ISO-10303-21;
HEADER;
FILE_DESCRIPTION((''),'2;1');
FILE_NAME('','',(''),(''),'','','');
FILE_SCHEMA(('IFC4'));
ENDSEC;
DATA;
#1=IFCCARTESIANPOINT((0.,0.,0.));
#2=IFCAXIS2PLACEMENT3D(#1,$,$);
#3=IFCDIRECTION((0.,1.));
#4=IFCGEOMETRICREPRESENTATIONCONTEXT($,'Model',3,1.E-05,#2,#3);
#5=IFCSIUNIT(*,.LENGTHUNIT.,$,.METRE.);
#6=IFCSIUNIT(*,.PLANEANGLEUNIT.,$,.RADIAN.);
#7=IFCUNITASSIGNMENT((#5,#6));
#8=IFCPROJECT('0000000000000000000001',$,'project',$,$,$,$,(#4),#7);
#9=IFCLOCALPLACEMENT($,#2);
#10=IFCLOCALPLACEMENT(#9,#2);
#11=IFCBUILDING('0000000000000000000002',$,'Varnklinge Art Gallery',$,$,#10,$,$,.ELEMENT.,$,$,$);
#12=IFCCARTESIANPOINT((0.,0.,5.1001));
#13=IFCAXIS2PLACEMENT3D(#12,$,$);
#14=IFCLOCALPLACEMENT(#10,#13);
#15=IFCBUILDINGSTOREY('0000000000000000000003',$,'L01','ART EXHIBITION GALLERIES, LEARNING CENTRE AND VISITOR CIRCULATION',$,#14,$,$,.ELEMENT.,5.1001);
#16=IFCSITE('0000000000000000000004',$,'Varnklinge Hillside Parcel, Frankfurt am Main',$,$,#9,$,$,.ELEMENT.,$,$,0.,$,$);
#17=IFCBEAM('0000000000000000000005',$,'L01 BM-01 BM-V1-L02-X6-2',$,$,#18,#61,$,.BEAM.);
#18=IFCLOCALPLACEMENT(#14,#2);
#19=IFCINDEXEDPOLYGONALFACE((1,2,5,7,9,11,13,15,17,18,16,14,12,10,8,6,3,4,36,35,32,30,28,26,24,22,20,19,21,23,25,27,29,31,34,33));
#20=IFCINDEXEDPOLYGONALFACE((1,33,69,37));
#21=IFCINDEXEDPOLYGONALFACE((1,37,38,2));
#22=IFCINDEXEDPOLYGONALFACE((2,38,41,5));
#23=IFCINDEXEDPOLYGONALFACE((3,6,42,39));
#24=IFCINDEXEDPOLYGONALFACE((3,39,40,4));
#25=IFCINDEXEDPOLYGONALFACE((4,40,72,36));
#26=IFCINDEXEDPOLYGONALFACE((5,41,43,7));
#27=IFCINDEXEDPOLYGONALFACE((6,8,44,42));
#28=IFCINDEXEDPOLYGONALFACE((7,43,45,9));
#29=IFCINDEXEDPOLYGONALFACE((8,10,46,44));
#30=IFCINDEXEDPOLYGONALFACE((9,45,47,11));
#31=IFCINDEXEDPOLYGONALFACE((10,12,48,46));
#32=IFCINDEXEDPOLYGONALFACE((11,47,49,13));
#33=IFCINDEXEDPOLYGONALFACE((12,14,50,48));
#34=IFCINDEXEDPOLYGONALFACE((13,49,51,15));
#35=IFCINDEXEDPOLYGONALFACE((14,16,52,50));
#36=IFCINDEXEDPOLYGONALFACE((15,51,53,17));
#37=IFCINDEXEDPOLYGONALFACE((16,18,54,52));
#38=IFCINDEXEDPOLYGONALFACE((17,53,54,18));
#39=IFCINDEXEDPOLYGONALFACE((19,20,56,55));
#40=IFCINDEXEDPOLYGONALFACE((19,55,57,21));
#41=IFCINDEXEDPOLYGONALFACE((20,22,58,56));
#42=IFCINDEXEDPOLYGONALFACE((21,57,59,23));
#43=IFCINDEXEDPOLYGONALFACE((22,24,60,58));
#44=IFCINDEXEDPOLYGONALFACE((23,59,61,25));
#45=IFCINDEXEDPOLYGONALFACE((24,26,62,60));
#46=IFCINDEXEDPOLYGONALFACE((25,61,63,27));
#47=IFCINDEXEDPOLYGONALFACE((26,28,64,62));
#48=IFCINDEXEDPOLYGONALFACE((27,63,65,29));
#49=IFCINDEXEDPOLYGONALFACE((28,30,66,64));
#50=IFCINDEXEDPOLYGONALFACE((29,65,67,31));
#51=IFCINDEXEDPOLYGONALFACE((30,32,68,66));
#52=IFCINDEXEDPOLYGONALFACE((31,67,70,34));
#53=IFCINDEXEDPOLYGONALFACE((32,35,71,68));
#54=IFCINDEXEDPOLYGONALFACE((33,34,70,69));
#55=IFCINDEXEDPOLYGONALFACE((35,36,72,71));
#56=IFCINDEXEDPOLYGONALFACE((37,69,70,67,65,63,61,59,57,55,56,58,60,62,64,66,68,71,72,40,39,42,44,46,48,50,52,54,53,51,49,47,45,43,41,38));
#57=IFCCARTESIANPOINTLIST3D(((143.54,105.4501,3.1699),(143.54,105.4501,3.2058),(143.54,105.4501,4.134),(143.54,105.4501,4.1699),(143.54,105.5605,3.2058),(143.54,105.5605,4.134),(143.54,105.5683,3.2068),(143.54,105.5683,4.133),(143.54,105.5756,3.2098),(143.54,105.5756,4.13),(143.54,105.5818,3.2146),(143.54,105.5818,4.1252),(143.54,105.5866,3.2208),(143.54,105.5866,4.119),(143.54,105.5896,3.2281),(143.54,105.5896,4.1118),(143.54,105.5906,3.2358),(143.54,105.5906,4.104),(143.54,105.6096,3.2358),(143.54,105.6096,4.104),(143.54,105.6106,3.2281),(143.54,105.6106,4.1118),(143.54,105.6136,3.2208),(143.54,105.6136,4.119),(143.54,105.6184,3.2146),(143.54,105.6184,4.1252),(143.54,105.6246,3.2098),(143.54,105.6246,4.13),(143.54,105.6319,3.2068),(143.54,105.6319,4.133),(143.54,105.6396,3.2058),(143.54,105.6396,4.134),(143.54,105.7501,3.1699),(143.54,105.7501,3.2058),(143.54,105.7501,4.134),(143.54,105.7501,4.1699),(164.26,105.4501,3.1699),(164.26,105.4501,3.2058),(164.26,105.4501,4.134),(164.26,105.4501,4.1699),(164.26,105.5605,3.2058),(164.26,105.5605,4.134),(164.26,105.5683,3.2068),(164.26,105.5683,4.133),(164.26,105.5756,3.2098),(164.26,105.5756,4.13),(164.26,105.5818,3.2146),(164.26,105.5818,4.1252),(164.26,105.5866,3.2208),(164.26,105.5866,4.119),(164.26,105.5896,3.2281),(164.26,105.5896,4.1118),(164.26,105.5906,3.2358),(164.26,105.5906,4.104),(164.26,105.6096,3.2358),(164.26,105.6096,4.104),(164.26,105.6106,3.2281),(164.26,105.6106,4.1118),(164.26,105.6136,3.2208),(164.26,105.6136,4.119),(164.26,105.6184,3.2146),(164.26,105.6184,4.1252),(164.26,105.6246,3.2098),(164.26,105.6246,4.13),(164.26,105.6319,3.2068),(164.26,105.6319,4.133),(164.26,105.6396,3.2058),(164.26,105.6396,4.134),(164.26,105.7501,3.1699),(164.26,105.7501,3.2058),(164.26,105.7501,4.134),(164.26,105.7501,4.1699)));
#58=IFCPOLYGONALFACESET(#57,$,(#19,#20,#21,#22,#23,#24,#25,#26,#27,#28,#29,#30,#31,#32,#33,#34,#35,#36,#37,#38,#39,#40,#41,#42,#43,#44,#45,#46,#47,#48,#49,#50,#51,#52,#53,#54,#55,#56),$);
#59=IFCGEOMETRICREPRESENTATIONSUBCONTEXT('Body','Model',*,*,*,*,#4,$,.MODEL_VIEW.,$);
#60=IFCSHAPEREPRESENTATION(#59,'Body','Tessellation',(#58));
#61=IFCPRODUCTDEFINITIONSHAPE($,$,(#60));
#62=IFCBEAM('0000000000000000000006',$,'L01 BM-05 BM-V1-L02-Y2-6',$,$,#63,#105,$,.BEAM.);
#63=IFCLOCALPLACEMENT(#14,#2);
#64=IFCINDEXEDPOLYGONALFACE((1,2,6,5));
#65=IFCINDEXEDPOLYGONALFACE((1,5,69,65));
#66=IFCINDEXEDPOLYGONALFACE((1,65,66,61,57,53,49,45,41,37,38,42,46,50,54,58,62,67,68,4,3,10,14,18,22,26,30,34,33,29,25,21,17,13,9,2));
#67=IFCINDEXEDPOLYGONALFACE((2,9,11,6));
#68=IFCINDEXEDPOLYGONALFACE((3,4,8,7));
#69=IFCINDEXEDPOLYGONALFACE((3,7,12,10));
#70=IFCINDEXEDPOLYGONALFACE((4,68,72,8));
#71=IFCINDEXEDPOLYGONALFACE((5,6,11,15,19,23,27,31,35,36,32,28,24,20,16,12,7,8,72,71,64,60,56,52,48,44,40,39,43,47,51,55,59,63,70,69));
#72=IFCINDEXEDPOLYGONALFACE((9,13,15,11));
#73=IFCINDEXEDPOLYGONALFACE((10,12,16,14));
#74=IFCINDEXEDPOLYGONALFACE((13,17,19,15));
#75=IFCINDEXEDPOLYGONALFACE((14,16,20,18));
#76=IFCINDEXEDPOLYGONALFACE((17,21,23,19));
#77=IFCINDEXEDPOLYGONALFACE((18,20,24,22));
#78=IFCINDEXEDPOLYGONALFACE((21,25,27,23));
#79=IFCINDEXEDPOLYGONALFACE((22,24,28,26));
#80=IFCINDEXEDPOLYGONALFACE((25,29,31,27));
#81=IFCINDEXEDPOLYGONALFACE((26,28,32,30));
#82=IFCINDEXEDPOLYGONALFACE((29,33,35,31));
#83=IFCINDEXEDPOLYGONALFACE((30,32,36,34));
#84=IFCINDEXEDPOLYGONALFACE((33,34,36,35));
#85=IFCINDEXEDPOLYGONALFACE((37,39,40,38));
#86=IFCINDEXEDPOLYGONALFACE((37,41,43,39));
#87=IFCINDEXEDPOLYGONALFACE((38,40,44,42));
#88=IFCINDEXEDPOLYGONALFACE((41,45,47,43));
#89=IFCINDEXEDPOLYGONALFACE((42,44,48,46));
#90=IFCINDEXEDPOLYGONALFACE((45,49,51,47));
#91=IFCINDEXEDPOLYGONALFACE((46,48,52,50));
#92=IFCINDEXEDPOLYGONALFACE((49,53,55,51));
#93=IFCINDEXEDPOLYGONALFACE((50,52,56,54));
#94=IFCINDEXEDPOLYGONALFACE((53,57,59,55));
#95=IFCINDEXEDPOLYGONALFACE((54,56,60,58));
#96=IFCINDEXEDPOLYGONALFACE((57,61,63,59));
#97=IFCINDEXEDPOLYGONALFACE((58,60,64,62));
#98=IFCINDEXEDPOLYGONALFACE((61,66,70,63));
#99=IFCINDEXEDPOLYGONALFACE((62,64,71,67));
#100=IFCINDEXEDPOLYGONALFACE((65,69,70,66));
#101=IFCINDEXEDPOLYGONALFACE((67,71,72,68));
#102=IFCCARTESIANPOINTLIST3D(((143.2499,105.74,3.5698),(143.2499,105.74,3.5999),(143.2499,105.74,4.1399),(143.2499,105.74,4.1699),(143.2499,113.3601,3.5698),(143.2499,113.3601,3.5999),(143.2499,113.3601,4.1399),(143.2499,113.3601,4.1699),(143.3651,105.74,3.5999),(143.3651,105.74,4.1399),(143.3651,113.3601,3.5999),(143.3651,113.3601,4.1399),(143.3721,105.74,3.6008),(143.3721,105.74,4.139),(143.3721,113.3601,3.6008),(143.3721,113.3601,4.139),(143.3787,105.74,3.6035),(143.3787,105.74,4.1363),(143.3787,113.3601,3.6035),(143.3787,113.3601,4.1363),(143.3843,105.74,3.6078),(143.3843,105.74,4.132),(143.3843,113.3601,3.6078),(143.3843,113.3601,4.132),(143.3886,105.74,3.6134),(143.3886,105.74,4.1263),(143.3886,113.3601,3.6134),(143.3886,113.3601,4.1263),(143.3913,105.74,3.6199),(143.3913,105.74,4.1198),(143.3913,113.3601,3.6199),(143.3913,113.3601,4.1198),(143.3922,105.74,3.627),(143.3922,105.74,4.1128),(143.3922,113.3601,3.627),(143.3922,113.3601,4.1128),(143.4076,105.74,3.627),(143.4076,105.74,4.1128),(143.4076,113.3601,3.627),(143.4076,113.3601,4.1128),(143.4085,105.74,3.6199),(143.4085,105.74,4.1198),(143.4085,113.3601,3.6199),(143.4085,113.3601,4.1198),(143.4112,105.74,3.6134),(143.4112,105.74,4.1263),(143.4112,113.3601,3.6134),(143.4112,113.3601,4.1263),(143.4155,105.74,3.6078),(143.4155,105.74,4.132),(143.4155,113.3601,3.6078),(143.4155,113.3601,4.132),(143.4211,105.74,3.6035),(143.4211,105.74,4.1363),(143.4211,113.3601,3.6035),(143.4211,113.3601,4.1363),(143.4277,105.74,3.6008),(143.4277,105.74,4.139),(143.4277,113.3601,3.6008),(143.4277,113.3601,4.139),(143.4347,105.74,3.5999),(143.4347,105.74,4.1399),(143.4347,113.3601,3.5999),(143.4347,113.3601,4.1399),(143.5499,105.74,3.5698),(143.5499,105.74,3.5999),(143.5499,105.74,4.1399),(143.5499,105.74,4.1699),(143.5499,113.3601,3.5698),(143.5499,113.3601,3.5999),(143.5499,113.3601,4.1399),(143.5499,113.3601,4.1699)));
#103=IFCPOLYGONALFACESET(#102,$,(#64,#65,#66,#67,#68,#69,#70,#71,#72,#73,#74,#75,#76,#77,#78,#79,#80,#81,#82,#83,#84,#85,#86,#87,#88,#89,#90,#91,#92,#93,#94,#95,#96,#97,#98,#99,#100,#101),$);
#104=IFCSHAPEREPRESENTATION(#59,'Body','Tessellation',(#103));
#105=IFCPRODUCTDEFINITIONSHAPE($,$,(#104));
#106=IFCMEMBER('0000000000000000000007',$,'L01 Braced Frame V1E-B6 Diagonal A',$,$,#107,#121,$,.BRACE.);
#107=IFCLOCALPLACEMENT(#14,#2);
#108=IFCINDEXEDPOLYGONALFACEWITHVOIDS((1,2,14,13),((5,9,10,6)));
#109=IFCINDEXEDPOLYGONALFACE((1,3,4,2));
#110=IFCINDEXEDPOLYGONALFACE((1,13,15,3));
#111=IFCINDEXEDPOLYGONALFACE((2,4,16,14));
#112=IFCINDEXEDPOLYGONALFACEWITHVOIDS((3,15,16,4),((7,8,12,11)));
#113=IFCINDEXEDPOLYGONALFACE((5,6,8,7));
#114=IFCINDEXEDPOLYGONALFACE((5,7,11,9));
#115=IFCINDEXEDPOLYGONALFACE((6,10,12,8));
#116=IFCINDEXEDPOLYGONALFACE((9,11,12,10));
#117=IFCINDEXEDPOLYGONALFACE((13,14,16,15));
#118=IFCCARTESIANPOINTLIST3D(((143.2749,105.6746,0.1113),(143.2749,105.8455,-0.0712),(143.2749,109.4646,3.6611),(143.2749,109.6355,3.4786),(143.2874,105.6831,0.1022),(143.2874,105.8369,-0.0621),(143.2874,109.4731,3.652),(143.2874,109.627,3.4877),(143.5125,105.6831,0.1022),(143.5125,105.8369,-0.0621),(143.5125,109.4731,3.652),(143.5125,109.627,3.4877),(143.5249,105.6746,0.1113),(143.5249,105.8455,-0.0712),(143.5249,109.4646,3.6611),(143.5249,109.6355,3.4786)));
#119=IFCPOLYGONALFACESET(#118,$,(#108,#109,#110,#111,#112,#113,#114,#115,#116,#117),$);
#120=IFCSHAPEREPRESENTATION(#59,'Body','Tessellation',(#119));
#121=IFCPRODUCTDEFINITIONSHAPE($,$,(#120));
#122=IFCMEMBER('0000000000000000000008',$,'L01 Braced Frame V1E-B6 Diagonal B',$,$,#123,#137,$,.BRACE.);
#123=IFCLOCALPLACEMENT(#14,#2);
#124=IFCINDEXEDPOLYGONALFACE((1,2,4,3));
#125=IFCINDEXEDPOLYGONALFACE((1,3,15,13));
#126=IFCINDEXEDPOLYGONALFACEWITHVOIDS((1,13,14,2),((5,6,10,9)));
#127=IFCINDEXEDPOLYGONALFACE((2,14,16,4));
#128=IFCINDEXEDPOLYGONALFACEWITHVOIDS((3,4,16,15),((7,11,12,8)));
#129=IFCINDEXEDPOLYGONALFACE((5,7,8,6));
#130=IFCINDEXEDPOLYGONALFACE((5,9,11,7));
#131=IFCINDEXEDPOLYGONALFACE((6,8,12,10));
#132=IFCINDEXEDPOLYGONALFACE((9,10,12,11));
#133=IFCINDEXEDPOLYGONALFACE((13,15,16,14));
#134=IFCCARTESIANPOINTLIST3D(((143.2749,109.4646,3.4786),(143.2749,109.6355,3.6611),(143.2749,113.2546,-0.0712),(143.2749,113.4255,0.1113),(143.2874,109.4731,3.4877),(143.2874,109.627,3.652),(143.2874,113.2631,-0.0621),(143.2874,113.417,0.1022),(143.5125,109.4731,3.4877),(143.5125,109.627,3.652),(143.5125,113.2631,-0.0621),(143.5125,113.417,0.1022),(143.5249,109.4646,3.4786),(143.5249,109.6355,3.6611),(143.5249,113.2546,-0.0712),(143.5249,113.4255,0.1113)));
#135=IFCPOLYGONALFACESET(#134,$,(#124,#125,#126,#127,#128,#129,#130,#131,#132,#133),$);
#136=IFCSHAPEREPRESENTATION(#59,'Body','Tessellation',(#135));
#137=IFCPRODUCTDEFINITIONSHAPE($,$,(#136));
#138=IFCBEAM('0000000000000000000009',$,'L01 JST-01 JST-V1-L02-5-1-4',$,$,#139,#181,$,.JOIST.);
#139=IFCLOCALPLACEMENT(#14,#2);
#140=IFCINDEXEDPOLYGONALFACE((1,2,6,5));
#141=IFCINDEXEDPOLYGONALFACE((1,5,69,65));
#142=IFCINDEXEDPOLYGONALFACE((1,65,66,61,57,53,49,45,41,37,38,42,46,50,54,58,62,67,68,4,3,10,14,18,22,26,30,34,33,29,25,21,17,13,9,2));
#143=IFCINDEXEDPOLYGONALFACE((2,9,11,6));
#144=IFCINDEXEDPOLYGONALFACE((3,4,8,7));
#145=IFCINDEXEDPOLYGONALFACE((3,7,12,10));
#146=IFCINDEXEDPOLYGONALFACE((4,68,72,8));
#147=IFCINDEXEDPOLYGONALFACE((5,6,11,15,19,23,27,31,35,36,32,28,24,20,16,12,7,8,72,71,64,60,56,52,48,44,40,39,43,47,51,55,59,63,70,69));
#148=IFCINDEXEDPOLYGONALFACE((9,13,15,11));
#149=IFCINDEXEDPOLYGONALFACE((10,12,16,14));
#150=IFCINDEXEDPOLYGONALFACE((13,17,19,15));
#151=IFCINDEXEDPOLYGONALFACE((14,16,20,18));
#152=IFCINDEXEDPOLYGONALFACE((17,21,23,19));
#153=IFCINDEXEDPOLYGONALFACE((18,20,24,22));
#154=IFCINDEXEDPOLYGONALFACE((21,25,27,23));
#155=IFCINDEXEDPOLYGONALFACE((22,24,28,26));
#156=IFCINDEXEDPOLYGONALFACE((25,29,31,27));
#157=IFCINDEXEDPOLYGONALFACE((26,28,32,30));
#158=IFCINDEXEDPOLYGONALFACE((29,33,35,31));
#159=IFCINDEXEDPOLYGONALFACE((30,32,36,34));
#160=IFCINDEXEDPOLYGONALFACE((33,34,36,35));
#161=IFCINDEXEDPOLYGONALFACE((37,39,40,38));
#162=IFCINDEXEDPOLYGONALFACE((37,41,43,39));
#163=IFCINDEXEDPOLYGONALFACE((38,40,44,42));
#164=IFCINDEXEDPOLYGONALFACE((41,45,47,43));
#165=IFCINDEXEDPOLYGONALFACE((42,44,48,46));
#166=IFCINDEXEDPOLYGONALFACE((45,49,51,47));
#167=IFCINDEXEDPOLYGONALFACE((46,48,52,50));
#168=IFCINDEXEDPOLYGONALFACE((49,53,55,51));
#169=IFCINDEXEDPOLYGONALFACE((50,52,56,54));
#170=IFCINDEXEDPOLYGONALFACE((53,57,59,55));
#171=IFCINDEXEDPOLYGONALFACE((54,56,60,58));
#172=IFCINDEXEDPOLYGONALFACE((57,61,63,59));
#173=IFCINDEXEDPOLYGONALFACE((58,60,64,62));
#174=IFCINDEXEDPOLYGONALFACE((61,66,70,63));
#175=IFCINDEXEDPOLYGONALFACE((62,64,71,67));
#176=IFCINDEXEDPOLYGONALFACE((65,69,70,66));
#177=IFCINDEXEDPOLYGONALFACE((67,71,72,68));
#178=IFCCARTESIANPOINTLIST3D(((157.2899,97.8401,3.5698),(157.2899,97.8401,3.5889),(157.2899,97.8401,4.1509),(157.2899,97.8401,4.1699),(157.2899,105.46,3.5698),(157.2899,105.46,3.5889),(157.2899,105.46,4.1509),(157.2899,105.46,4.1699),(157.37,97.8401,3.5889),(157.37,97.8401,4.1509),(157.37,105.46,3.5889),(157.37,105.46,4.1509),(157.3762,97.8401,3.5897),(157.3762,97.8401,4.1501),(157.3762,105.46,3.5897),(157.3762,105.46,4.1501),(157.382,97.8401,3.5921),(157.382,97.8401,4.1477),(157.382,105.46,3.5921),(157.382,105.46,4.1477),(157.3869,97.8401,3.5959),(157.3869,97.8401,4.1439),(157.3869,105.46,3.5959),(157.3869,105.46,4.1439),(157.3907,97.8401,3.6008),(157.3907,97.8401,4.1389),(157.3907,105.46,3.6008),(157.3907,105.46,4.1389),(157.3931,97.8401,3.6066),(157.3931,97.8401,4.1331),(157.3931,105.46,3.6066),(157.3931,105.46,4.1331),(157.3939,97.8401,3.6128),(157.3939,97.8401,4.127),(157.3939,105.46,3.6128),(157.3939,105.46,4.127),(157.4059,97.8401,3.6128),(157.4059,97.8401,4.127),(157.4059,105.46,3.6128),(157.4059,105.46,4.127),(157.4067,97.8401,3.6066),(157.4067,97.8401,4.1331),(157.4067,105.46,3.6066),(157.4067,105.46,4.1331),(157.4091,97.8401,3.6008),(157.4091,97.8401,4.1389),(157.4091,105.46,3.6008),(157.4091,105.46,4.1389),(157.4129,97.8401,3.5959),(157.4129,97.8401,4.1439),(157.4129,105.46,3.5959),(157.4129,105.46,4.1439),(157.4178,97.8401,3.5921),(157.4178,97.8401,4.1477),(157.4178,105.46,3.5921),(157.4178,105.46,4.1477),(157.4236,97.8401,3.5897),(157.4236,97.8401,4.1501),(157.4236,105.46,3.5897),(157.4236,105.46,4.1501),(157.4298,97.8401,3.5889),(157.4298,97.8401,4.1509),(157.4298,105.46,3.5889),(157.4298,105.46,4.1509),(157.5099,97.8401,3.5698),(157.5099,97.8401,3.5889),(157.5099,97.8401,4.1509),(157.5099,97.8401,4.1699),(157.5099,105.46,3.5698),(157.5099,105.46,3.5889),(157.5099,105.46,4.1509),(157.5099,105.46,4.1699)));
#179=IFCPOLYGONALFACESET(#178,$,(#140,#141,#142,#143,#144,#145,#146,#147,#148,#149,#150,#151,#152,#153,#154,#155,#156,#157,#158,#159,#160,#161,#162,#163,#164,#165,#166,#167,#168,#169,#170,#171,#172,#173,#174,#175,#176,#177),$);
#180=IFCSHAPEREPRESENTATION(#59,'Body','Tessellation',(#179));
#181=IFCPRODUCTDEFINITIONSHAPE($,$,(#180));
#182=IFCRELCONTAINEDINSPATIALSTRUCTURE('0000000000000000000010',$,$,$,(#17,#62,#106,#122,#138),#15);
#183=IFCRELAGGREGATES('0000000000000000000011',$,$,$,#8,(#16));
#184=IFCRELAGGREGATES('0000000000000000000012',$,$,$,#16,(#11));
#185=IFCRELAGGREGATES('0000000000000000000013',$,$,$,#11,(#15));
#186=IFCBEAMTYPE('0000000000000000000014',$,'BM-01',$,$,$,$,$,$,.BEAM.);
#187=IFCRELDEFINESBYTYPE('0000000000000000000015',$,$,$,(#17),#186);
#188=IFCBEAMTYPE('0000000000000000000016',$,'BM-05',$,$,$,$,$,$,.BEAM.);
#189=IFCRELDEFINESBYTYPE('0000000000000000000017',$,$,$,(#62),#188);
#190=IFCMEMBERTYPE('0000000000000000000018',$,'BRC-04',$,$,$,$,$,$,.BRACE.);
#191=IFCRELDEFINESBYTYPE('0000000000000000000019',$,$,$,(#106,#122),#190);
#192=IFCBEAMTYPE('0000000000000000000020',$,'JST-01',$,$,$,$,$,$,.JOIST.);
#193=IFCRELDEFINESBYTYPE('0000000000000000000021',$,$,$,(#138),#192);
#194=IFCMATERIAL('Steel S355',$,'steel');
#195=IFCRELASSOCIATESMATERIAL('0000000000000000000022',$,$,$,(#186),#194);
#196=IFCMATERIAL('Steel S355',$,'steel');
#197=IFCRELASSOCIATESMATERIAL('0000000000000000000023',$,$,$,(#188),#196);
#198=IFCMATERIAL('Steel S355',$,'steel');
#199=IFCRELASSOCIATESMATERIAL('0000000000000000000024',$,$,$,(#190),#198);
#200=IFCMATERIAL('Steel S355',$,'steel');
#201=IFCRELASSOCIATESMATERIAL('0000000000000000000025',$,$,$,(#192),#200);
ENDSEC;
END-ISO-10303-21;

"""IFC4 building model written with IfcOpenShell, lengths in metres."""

from ifc_helpers import new_model, si_unit, direction, frame, origin, origin_2d, place, context, subcontext, project, spatial, hollow_rectangle, i_section, extrude, material, material_profile, profile_set, type_object, element, save


model = new_model("IFC4")

# Units and contexts
model_context = context("Model", 3, precision=1e-05, world=origin(), true_north=direction((0.0, 1.0)))
body_context = subcontext(model_context, "Body", "Model", "MODEL_VIEW")
ifc_project = project(units=[si_unit("LENGTHUNIT", "METRE"), si_unit("PLANEANGLEUNIT", "RADIAN")], contexts=[model_context])

# Site, building, storey
site_placement = place(None, origin())
site = spatial("IfcSite", under=ifc_project, at=site_placement, Name="Varnklinge Hillside Parcel, Frankfurt am Main", CompositionType="ELEMENT", RefElevation=0.0)
building_placement = place(site_placement, origin())
building = spatial("IfcBuilding", under=site, at=building_placement, Name="Varnklinge Art Gallery", CompositionType="ELEMENT")
storey_placement = place(building_placement, frame((0.0, 0.0, 5.1001)))
storey = spatial("IfcBuildingStorey", under=building, at=storey_placement, Name="L01", Description="ART EXHIBITION GALLERIES, LEARNING CENTRE AND VISITOR CIRCULATION", CompositionType="ELEMENT", Elevation=5.1001)

# Beams
ifc_material_1 = material(Name="Steel S355", Category="steel")
ifc_material_profile_1 = material_profile(ifc_material_1, i_section(OverallWidth=0.3, OverallDepth=1.0, WebThickness=0.019, FlangeThickness=0.0359, FilletRadius=0.03, at=origin_2d()), Name="HEB 1000")
ifc_profile_set_1 = profile_set([ifc_material_profile_1], Name="Steel S355")
beam_type_1 = type_object("IfcBeamType", Name="BM-01", PredefinedType="BEAM", material=ifc_profile_set_1)
beam_1_placement = place(storey_placement, frame((143.54, 105.6001, 3.6699), z_axis=(1.0, 0.0, 0.0), x_axis=(0.0, 1.0, 0.0)))
element("IfcBeam", 1, at=beam_1_placement, inside=storey, type_object=beam_type_1, Name="L01 BM-01 BM-V1-L02-X6-2", PredefinedType="BEAM", context=body_context, shape_type="SweptSolid", body=[
    extrude(i_section(OverallWidth=0.3, OverallDepth=1.0, WebThickness=0.019, FlangeThickness=0.0359, FilletRadius=0.03, at=origin_2d()), origin(), (0.0, 0.0, 1.0), 20.72),
])
ifc_material_2 = material(Name="Steel S355", Category="steel")
ifc_material_profile_2 = material_profile(ifc_material_2, i_section(OverallWidth=0.3, OverallDepth=0.6001, WebThickness=0.0154, FlangeThickness=0.03, FilletRadius=0.0271, at=origin_2d()), Name="HEB 600")
ifc_profile_set_2 = profile_set([ifc_material_profile_2], Name="Steel S355")
beam_type_2 = type_object("IfcBeamType", Name="BM-05", PredefinedType="BEAM", material=ifc_profile_set_2)
beam_2_placement = place(storey_placement, frame((143.3999, 105.74, 3.8699), z_axis=(0.0, 1.0, 0.0), x_axis=(-1.0, 0.0, 0.0)))
element("IfcBeam", 2, at=beam_2_placement, inside=storey, type_object=beam_type_2, Name="L01 BM-05 BM-V1-L02-Y2-6", PredefinedType="BEAM", context=body_context, shape_type="SweptSolid", body=[
    extrude(i_section(OverallWidth=0.3, OverallDepth=0.6001, WebThickness=0.0154, FlangeThickness=0.03, FilletRadius=0.0271, at=origin_2d()), origin(), (0.0, 0.0, 1.0), 7.6201),
])

# Members
ifc_material_3 = material(Name="Steel S355", Category="steel")
ifc_material_profile_3 = material_profile(ifc_material_3, hollow_rectangle(XDim=0.25, YDim=0.25, WallThickness=0.0125, at=origin_2d()), Name="SHS 250x250x12.5")
ifc_profile_set_3 = profile_set([ifc_material_profile_3], Name="Steel S355")
member_type = type_object("IfcMemberType", Name="BRC-04", PredefinedType="BRACE", material=ifc_profile_set_3)
for number, where, z_axis, x_axis, name in (
    (3, (143.3999, 105.76, 0.02), (0.0, 0.72986, 0.683597), (-1.0, 0.0, 0.0), "L01 Braced Frame V1E-B6 Diagonal A"),
    (4, (143.3999, 113.3401, 0.02), (0.0, -0.72986, 0.683597), (1.0, 0.0, 0.0), "L01 Braced Frame V1E-B6 Diagonal B"),
):
    element("IfcMember", number, at=place(storey_placement, frame(where, z_axis=z_axis, x_axis=x_axis)), inside=storey, type_object=member_type, Name=name, PredefinedType="BRACE", context=body_context, shape_type="SweptSolid", body=[
        extrude(hollow_rectangle(XDim=0.25, YDim=0.25, WallThickness=0.0125, at=origin_2d()), origin(), (0.0, 0.0, 1.0), 5.1929),
    ])

# Beam
ifc_material_4 = material(Name="Steel S355", Category="steel")
ifc_material_profile_4 = material_profile(ifc_material_4, i_section(OverallWidth=0.22, OverallDepth=0.6001, WebThickness=0.012, FlangeThickness=0.019, FilletRadius=0.0239, at=origin_2d()), Name="IPE 600")
ifc_profile_set_4 = profile_set([ifc_material_profile_4], Name="Steel S355")
beam_type_3 = type_object("IfcBeamType", Name="JST-01", PredefinedType="JOIST", material=ifc_profile_set_4)
for number, where, z_axis, x_axis, name in (
    (5, (157.3999, 97.8401, 3.8699), (0.0, 1.0, 0.0), (-1.0, 0.0, 0.0), "L01 JST-01 JST-V1-L02-5-1-4"),
):
    element("IfcBeam", number, at=place(storey_placement, frame(where, z_axis=z_axis, x_axis=x_axis)), inside=storey, type_object=beam_type_3, Name=name, PredefinedType="JOIST", context=body_context, shape_type="SweptSolid", body=[
        extrude(i_section(OverallWidth=0.22, OverallDepth=0.6001, WebThickness=0.012, FlangeThickness=0.019, FilletRadius=0.0239, at=origin_2d()), origin(), (0.0, 0.0, 1.0), 7.6199),
    ])

save(model, "model.ifc")
